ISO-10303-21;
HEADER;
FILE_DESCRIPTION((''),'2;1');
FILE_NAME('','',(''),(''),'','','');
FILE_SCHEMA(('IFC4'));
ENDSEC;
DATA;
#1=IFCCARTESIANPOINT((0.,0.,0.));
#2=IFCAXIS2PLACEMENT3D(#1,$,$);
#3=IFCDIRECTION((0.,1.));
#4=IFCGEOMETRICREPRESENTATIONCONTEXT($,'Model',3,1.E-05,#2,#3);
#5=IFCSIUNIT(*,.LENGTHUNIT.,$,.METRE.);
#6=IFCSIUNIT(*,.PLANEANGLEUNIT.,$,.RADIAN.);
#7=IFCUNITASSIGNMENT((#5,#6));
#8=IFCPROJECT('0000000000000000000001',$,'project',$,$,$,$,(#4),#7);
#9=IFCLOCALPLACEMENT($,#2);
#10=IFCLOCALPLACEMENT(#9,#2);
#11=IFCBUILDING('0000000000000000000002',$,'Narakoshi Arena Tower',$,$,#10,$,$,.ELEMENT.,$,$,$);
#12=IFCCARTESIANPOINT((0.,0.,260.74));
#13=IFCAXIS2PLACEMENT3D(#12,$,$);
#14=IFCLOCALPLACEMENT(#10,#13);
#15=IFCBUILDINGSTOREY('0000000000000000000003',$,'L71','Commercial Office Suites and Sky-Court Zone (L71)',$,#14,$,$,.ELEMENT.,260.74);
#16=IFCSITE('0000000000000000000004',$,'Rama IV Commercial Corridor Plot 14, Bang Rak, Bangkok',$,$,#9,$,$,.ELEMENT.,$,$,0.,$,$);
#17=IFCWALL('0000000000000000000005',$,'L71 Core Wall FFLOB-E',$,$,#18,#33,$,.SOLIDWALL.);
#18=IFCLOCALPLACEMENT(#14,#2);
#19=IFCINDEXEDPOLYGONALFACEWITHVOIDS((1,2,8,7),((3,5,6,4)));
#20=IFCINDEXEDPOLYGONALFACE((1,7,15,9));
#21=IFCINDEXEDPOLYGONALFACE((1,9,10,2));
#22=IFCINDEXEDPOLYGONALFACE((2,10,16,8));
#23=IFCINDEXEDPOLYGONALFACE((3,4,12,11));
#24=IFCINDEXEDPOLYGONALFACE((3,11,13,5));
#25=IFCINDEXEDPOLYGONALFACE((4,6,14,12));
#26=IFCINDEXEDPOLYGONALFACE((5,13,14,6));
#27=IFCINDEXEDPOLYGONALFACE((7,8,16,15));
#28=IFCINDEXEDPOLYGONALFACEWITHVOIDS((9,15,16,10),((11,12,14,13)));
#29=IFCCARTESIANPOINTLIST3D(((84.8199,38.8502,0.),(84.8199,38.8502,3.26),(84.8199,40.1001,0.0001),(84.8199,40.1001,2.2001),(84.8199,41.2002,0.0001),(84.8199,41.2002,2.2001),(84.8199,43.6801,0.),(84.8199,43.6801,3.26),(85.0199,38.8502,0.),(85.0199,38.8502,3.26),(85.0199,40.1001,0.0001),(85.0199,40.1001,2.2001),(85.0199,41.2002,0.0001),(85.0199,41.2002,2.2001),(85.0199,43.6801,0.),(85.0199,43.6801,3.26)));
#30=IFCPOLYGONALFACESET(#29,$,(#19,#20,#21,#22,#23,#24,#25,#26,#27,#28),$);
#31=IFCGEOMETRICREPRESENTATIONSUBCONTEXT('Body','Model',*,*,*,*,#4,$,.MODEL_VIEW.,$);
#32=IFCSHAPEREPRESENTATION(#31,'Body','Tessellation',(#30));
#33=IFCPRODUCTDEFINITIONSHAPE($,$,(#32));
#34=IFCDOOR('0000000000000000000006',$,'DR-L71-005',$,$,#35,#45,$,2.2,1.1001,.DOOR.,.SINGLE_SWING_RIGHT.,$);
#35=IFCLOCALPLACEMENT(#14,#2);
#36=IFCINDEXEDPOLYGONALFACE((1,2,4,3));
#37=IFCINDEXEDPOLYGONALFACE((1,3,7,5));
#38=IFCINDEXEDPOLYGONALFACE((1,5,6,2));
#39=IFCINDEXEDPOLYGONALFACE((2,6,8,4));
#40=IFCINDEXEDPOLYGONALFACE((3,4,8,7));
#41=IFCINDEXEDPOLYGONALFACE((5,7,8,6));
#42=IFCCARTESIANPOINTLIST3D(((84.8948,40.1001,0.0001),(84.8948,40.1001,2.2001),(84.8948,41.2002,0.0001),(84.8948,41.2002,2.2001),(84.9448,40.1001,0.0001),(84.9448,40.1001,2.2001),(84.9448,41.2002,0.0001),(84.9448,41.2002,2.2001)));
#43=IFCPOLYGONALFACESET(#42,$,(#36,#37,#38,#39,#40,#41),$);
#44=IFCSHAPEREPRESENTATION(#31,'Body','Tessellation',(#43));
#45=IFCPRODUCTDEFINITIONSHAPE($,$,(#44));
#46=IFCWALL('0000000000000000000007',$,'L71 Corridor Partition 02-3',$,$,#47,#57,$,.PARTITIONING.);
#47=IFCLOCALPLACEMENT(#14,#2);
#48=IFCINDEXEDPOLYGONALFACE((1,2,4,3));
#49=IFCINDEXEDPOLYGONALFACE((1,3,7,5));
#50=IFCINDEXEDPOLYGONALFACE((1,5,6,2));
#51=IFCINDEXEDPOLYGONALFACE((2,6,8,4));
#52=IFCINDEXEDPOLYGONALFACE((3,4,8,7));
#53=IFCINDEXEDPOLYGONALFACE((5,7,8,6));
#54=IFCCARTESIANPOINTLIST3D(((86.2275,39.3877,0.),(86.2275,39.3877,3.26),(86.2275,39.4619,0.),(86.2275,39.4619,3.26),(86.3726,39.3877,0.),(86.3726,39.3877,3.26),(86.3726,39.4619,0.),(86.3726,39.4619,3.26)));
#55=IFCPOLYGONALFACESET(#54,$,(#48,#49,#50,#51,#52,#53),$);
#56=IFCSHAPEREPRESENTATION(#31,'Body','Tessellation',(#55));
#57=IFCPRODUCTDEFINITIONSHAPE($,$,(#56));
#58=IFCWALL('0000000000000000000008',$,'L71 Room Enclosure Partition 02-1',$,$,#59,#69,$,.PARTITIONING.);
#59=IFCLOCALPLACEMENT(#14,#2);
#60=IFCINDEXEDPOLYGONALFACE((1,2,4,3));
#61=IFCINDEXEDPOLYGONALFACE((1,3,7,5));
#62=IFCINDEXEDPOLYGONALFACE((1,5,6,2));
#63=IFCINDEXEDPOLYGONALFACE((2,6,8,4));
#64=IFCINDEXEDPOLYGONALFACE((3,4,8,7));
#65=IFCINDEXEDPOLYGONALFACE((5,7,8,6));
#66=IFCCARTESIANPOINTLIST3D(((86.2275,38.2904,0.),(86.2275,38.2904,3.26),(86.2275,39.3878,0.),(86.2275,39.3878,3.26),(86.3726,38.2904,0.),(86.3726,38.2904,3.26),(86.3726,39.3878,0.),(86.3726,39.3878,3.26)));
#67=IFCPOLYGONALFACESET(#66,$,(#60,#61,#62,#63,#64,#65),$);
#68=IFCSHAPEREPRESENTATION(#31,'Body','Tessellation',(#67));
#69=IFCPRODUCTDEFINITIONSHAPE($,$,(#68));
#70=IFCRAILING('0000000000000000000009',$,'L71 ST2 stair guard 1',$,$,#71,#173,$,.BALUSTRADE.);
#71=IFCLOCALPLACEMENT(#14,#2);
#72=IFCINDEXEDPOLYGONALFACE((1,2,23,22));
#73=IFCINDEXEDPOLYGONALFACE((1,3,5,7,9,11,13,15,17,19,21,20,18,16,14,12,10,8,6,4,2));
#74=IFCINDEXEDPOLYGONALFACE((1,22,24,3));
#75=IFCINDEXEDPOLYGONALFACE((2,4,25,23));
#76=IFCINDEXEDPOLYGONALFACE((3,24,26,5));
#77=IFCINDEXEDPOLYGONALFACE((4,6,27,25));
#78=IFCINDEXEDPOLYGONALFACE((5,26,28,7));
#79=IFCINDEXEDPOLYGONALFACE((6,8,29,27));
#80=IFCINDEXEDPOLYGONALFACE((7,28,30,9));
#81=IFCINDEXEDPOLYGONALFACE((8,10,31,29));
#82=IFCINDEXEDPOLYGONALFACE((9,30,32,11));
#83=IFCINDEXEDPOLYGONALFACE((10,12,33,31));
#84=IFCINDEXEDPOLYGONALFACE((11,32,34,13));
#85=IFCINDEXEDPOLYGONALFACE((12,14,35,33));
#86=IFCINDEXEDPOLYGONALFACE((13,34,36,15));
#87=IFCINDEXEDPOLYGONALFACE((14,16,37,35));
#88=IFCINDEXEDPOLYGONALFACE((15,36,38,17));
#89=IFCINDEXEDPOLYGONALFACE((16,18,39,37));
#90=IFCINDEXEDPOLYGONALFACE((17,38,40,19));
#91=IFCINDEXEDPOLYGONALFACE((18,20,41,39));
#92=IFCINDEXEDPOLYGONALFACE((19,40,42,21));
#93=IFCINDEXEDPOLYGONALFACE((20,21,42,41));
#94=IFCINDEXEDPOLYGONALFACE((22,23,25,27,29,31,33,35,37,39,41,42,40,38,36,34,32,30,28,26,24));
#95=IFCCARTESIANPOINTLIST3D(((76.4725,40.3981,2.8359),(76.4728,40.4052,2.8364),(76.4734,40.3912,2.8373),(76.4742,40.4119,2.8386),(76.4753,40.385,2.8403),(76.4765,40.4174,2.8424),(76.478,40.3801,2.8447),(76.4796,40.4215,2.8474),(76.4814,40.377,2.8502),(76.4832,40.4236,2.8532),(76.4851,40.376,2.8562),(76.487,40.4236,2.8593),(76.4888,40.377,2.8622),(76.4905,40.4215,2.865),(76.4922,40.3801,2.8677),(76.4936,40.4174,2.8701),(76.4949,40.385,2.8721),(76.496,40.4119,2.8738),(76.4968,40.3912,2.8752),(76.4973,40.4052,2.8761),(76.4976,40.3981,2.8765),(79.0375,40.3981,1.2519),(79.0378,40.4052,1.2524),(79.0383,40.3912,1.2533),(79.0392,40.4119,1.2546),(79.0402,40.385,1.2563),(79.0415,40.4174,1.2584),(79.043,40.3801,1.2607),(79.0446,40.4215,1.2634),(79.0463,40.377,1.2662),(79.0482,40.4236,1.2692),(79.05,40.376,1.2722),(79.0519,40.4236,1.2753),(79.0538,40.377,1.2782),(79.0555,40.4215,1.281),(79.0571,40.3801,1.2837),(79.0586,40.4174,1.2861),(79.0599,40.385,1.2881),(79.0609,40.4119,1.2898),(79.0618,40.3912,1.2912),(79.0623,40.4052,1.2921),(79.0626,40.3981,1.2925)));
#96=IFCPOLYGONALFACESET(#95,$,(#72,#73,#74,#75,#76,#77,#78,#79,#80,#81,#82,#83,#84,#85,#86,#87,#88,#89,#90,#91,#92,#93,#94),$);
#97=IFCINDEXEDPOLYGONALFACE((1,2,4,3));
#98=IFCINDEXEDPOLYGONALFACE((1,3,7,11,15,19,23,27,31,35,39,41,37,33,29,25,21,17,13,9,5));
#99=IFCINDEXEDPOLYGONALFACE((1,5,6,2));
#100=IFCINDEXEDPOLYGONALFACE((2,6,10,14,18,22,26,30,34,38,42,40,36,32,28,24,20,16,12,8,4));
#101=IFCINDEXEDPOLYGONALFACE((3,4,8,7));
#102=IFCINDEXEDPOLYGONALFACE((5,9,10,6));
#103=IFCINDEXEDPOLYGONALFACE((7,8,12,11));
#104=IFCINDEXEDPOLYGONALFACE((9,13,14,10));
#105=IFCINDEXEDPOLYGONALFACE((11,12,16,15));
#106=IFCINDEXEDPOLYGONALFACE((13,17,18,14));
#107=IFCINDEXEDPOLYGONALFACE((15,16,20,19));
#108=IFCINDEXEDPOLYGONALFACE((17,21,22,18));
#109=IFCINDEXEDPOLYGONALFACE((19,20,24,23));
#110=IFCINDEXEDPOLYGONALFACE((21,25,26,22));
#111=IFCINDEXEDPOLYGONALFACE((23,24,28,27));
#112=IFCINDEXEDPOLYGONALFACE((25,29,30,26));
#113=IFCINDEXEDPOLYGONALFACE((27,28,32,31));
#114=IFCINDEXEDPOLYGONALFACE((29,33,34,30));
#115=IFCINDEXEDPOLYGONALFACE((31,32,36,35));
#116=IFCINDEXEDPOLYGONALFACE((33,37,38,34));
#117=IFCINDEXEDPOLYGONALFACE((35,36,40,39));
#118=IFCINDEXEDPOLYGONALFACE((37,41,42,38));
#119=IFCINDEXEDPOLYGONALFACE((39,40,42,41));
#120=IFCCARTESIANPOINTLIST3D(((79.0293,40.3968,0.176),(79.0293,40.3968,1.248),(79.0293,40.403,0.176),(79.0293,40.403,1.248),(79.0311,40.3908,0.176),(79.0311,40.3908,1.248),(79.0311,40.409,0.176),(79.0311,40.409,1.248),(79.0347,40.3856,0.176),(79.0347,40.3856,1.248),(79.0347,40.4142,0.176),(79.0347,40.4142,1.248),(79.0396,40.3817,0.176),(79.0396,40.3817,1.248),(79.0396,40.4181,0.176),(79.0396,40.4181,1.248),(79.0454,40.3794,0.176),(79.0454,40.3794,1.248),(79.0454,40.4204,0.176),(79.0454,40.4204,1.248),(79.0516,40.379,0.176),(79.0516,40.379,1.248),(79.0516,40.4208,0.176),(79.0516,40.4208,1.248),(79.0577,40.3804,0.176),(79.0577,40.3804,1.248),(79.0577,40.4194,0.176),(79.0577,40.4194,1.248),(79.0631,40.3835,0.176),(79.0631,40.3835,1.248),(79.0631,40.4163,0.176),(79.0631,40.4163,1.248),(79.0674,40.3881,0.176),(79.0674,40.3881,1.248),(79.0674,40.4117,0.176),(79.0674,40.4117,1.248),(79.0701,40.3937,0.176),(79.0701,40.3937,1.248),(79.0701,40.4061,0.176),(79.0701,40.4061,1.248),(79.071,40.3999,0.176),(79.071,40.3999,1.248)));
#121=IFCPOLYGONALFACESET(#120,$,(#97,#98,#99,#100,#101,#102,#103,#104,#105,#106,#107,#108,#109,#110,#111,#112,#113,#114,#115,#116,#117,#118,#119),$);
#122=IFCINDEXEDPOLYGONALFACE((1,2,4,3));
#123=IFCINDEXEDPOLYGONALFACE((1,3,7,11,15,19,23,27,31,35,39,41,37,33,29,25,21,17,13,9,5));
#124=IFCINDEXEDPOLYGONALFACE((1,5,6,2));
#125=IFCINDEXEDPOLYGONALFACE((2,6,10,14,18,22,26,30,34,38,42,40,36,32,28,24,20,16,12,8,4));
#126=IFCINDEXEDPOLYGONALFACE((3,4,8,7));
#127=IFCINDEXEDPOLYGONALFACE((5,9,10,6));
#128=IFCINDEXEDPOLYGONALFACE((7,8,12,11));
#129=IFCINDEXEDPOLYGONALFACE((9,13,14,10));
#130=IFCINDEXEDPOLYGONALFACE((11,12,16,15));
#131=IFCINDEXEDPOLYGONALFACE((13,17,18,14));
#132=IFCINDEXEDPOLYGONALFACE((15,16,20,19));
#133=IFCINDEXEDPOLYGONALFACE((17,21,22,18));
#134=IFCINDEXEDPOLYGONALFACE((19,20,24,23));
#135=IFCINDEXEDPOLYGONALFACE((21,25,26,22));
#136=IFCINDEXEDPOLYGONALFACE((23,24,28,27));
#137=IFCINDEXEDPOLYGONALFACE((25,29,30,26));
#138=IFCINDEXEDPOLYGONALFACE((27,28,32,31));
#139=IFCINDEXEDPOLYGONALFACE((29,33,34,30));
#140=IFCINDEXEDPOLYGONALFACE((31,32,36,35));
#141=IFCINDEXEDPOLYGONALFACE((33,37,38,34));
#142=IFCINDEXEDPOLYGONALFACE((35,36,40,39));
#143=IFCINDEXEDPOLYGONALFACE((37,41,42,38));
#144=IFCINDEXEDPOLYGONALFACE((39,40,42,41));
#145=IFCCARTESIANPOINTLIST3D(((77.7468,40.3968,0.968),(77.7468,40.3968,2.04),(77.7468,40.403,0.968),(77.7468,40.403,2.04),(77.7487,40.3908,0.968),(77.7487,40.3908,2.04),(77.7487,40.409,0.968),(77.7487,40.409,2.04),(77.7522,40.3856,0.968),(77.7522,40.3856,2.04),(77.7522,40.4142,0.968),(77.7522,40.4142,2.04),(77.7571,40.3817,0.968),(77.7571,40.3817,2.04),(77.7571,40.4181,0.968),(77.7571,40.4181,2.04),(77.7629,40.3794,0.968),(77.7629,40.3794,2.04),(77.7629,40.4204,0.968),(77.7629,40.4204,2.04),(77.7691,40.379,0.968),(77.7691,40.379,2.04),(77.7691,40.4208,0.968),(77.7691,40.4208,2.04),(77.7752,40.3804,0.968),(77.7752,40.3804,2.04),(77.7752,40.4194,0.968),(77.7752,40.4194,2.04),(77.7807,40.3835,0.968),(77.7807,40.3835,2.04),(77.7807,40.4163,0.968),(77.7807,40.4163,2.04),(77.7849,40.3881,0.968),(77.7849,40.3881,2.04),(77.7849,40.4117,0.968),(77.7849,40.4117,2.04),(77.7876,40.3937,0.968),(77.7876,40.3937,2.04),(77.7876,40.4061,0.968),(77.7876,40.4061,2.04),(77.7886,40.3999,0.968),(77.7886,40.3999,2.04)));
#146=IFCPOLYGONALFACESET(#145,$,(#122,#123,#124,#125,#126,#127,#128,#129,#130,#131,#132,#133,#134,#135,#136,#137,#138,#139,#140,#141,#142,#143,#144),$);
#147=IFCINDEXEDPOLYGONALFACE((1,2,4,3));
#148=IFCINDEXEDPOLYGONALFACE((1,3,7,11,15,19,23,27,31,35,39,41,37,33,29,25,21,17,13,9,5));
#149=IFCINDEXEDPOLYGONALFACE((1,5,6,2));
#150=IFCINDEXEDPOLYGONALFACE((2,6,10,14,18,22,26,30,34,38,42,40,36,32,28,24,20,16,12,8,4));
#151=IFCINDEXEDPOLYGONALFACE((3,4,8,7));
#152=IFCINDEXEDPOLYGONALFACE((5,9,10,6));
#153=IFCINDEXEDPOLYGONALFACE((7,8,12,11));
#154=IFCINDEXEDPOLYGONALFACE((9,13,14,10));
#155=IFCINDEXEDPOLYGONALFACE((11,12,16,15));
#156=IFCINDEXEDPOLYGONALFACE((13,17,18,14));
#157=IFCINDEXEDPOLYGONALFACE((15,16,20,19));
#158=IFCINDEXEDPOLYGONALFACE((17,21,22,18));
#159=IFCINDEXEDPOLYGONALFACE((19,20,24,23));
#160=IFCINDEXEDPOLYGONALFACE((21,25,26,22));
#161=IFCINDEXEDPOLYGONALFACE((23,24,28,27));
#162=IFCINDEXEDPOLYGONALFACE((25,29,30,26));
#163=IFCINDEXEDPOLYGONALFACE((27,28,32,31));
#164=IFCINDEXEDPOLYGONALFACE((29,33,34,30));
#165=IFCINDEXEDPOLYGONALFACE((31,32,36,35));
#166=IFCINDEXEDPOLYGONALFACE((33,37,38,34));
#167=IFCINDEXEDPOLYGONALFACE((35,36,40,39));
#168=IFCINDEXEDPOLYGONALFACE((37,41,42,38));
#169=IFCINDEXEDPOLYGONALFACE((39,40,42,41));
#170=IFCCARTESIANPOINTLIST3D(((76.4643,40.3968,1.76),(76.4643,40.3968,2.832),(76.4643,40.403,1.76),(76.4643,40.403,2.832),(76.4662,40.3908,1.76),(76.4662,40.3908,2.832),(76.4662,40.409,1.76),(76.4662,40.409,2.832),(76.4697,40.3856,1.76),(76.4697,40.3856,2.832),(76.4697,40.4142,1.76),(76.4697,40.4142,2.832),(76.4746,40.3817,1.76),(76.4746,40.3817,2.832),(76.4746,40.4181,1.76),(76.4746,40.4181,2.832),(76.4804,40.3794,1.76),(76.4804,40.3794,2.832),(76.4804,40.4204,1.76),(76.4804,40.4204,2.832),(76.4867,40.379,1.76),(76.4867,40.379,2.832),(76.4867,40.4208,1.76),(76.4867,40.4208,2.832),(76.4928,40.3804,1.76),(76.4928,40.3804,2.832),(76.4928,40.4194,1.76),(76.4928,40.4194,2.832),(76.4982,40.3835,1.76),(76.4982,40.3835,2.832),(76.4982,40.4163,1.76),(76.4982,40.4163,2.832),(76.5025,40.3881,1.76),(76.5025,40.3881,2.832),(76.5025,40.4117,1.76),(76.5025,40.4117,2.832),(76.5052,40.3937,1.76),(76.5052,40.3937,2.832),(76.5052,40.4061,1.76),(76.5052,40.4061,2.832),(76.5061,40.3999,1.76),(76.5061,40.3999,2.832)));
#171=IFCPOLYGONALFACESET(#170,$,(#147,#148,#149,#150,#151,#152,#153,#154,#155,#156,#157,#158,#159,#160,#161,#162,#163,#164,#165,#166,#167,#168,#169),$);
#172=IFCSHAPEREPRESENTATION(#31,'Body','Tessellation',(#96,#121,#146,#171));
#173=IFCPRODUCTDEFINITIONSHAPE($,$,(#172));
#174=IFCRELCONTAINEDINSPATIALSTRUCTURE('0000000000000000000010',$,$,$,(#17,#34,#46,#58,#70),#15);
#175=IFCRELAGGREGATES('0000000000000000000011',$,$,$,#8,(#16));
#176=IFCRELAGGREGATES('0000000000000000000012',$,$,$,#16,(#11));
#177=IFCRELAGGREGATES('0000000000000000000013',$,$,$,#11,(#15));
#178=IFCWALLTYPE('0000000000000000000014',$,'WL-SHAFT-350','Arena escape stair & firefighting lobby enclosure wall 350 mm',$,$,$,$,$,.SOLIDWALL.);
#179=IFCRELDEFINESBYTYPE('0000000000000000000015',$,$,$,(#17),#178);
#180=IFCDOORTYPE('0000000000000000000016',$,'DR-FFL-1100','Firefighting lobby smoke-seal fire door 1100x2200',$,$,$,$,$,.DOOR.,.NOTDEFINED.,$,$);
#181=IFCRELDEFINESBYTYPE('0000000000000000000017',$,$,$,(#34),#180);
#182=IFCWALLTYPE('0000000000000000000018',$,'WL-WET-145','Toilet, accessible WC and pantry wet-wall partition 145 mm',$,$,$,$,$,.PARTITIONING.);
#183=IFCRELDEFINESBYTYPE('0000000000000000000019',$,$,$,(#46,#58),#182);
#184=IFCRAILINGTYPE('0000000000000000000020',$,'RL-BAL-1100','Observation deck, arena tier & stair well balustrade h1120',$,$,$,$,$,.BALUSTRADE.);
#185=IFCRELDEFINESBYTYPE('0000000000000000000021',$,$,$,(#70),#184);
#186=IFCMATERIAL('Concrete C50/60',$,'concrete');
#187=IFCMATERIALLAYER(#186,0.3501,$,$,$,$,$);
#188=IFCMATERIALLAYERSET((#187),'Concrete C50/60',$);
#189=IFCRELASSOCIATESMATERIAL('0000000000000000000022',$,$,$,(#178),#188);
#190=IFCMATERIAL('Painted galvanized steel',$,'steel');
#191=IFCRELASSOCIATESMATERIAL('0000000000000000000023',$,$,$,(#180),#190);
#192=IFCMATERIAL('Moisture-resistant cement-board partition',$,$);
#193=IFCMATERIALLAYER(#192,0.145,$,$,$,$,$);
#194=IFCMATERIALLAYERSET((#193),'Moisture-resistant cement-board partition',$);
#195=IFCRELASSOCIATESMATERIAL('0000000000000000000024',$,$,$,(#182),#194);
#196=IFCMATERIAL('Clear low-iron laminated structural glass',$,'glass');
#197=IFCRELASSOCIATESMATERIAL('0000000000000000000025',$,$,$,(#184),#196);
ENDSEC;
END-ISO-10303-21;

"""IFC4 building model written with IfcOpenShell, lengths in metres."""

from ifc_helpers import new_model, si_unit, direction, frame, frame_2d, origin, origin_2d, place, context, subcontext, project, spatial, rectangle, circle, extrude, material, layer, layer_set, type_object, element, fill, save


model = new_model("IFC4")

# Units and contexts
model_context = context("Model", 3, precision=1e-05, world=origin(), true_north=direction((0.0, 1.0)))
body_context = subcontext(model_context, "Body", "Model", "MODEL_VIEW")
ifc_project = project(units=[si_unit("LENGTHUNIT", "METRE"), si_unit("PLANEANGLEUNIT", "RADIAN")], contexts=[model_context])

# Site, building, storey
site_placement = place(None, origin())
site = spatial("IfcSite", under=ifc_project, at=site_placement, Name="Rama IV Commercial Corridor Plot 14, Bang Rak, Bangkok", CompositionType="ELEMENT", RefElevation=0.0)
building_placement = place(site_placement, origin())
building = spatial("IfcBuilding", under=site, at=building_placement, Name="Narakoshi Arena Tower", CompositionType="ELEMENT")
storey_placement = place(building_placement, frame((0.0, 0.0, 260.74)))
storey = spatial("IfcBuildingStorey", under=building, at=storey_placement, Name="L71", Description="Commercial Office Suites and Sky-Court Zone (L71)", CompositionType="ELEMENT", Elevation=260.74)

# Shared definitions
ifc_material_1 = material(Name="Concrete C50/60", Category="concrete")
ifc_layer_1 = layer(ifc_material_1, 0.3501)
ifc_layer_set_1 = layer_set([ifc_layer_1], Name="Concrete C50/60")
wall_type_1 = type_object("IfcWallType", Name="WL-SHAFT-350", Description="Arena escape stair & firefighting lobby enclosure wall 350 mm", PredefinedType="SOLIDWALL", material=ifc_layer_set_1)

# Shared definitions
ifc_material_2 = material(Name="Painted galvanized steel", Category="steel")

# Wall, opening, door
wall_1_placement = place(storey_placement, frame((84.9199, 38.8501, 0.0), z_axis=(0.0, 0.0, 1.0), x_axis=(0.0, 1.0, 0.0)))
wall_1 = element("IfcWall", 1, at=wall_1_placement, inside=storey, type_object=wall_type_1, Name="L71 Core Wall FFLOB-E", PredefinedType="SOLIDWALL", context=body_context, shape_type="SweptSolid", body=[
    extrude(rectangle(XDim=4.8298, YDim=0.2, at=frame_2d((2.415, 0.0))), origin(), (0.0, 0.0, 1.0), 3.26),
])
opening_1_placement = place(wall_1_placement, frame((1.25, 0.0, 0.0)))
opening_1 = element("IfcOpeningElement", 2, at=opening_1_placement, cuts=wall_1, PredefinedType="OPENING", context=body_context, shape_type="SweptSolid", body=[
    extrude(rectangle(XDim=1.1001, YDim=2.2, at=frame_2d((0.55, 1.1001))), frame((0.0, 0.1099, 0.0), z_axis=(0.0, -1.0, 0.0), x_axis=(1.0, 0.0, 0.0)), (0.0, 0.0, 1.0), 0.22),
])
door_type_1 = type_object("IfcDoorType", Name="DR-FFL-1100", Description="Firefighting lobby smoke-seal fire door 1100x2200", OperationType="NOTDEFINED", PredefinedType="DOOR", material=ifc_material_2)
door_1_placement = place(opening_1_placement, frame((1.1001, 0.0, 0.0), z_axis=(0.0, 0.0, 1.0), x_axis=(-1.0, 0.0, 0.0)))
door_1 = element("IfcDoor", 3, at=door_1_placement, inside=storey, type_object=door_type_1, Name="DR-L71-005", OperationType="SINGLE_SWING_RIGHT", OverallHeight=2.2, OverallWidth=1.1001, PredefinedType="DOOR", context=body_context, shape_type="SweptSolid", body=[
    extrude(rectangle(XDim=1.1001, YDim=2.2, at=frame_2d((0.55, 1.1001))), frame((0.0, 0.0249, 0.0), z_axis=(0.0, -1.0, 0.0), x_axis=(1.0, 0.0, 0.0)), (0.0, 0.0, 1.0), 0.05),
])
fill(opening_1, door_1)
ifc_material_3 = material(Name="Moisture-resistant cement-board partition")
ifc_layer_2 = layer(ifc_material_3, 0.145)
ifc_layer_set_2 = layer_set([ifc_layer_2], Name="Moisture-resistant cement-board partition")
wall_type_2 = type_object("IfcWallType", Name="WL-WET-145", Description="Toilet, accessible WC and pantry wet-wall partition 145 mm", PredefinedType="PARTITIONING", material=ifc_layer_set_2)

# Walls
wall_2_placement = place(storey_placement, frame((86.3, 39.3877, 0.0), z_axis=(0.0, 0.0, 1.0), x_axis=(0.0, 1.0, 0.0)))
element("IfcWall", 4, at=wall_2_placement, inside=storey, type_object=wall_type_2, Name="L71 Corridor Partition 02-3", PredefinedType="PARTITIONING", context=body_context, shape_type="SweptSolid", body=[
    extrude(rectangle(XDim=0.0742, YDim=0.145, at=frame_2d((0.0371, 0.0))), origin(), (0.0, 0.0, 1.0), 3.26),
])
wall_3_placement = place(storey_placement, frame((86.3, 38.2903, 0.0), z_axis=(0.0, 0.0, 1.0), x_axis=(0.0, 1.0, 0.0)))
element("IfcWall", 5, at=wall_3_placement, inside=storey, type_object=wall_type_2, Name="L71 Room Enclosure Partition 02-1", PredefinedType="PARTITIONING", context=body_context, shape_type="SweptSolid", body=[
    extrude(rectangle(XDim=1.0974, YDim=0.145, at=frame_2d((0.5488, 0.0))), origin(), (0.0, 0.0, 1.0), 3.26),
])

# Railing
ifc_material_4 = material(Name="Clear low-iron laminated structural glass", Category="glass")
railing_type = type_object("IfcRailingType", Name="RL-BAL-1100", Description="Observation deck, arena tier & stair well balustrade h1120", PredefinedType="BALUSTRADE", material=ifc_material_4)
railing_1_placement = place(storey_placement, frame((79.05, 40.3999, 0.176)))
element("IfcRailing", 6, at=railing_1_placement, inside=storey, type_object=railing_type, Name="L71 ST2 stair guard 1", PredefinedType="BALUSTRADE", context=body_context, shape_type="SweptSolid", body=[
    extrude(circle(Radius=0.0239, at=origin_2d()), frame((0.0, 0.0, 1.0962), z_axis=(-0.850834, 0.0, 0.525434), x_axis=(0.0, -1.0, 0.0)), (0.0, 0.0, 1.0), 3.0146),
    extrude(circle(Radius=0.021, at=origin_2d()), origin(), (0.0, 0.0, 1.0), 1.072),
    extrude(circle(Radius=0.021, at=origin_2d()), frame((-1.2825, 0.0, 0.792)), (0.0, 0.0, 1.0), 1.072),
    extrude(circle(Radius=0.021, at=origin_2d()), frame((-2.5649, 0.0, 1.584)), (0.0, 0.0, 1.0), 1.072),
])

save(model, "model.ifc")
